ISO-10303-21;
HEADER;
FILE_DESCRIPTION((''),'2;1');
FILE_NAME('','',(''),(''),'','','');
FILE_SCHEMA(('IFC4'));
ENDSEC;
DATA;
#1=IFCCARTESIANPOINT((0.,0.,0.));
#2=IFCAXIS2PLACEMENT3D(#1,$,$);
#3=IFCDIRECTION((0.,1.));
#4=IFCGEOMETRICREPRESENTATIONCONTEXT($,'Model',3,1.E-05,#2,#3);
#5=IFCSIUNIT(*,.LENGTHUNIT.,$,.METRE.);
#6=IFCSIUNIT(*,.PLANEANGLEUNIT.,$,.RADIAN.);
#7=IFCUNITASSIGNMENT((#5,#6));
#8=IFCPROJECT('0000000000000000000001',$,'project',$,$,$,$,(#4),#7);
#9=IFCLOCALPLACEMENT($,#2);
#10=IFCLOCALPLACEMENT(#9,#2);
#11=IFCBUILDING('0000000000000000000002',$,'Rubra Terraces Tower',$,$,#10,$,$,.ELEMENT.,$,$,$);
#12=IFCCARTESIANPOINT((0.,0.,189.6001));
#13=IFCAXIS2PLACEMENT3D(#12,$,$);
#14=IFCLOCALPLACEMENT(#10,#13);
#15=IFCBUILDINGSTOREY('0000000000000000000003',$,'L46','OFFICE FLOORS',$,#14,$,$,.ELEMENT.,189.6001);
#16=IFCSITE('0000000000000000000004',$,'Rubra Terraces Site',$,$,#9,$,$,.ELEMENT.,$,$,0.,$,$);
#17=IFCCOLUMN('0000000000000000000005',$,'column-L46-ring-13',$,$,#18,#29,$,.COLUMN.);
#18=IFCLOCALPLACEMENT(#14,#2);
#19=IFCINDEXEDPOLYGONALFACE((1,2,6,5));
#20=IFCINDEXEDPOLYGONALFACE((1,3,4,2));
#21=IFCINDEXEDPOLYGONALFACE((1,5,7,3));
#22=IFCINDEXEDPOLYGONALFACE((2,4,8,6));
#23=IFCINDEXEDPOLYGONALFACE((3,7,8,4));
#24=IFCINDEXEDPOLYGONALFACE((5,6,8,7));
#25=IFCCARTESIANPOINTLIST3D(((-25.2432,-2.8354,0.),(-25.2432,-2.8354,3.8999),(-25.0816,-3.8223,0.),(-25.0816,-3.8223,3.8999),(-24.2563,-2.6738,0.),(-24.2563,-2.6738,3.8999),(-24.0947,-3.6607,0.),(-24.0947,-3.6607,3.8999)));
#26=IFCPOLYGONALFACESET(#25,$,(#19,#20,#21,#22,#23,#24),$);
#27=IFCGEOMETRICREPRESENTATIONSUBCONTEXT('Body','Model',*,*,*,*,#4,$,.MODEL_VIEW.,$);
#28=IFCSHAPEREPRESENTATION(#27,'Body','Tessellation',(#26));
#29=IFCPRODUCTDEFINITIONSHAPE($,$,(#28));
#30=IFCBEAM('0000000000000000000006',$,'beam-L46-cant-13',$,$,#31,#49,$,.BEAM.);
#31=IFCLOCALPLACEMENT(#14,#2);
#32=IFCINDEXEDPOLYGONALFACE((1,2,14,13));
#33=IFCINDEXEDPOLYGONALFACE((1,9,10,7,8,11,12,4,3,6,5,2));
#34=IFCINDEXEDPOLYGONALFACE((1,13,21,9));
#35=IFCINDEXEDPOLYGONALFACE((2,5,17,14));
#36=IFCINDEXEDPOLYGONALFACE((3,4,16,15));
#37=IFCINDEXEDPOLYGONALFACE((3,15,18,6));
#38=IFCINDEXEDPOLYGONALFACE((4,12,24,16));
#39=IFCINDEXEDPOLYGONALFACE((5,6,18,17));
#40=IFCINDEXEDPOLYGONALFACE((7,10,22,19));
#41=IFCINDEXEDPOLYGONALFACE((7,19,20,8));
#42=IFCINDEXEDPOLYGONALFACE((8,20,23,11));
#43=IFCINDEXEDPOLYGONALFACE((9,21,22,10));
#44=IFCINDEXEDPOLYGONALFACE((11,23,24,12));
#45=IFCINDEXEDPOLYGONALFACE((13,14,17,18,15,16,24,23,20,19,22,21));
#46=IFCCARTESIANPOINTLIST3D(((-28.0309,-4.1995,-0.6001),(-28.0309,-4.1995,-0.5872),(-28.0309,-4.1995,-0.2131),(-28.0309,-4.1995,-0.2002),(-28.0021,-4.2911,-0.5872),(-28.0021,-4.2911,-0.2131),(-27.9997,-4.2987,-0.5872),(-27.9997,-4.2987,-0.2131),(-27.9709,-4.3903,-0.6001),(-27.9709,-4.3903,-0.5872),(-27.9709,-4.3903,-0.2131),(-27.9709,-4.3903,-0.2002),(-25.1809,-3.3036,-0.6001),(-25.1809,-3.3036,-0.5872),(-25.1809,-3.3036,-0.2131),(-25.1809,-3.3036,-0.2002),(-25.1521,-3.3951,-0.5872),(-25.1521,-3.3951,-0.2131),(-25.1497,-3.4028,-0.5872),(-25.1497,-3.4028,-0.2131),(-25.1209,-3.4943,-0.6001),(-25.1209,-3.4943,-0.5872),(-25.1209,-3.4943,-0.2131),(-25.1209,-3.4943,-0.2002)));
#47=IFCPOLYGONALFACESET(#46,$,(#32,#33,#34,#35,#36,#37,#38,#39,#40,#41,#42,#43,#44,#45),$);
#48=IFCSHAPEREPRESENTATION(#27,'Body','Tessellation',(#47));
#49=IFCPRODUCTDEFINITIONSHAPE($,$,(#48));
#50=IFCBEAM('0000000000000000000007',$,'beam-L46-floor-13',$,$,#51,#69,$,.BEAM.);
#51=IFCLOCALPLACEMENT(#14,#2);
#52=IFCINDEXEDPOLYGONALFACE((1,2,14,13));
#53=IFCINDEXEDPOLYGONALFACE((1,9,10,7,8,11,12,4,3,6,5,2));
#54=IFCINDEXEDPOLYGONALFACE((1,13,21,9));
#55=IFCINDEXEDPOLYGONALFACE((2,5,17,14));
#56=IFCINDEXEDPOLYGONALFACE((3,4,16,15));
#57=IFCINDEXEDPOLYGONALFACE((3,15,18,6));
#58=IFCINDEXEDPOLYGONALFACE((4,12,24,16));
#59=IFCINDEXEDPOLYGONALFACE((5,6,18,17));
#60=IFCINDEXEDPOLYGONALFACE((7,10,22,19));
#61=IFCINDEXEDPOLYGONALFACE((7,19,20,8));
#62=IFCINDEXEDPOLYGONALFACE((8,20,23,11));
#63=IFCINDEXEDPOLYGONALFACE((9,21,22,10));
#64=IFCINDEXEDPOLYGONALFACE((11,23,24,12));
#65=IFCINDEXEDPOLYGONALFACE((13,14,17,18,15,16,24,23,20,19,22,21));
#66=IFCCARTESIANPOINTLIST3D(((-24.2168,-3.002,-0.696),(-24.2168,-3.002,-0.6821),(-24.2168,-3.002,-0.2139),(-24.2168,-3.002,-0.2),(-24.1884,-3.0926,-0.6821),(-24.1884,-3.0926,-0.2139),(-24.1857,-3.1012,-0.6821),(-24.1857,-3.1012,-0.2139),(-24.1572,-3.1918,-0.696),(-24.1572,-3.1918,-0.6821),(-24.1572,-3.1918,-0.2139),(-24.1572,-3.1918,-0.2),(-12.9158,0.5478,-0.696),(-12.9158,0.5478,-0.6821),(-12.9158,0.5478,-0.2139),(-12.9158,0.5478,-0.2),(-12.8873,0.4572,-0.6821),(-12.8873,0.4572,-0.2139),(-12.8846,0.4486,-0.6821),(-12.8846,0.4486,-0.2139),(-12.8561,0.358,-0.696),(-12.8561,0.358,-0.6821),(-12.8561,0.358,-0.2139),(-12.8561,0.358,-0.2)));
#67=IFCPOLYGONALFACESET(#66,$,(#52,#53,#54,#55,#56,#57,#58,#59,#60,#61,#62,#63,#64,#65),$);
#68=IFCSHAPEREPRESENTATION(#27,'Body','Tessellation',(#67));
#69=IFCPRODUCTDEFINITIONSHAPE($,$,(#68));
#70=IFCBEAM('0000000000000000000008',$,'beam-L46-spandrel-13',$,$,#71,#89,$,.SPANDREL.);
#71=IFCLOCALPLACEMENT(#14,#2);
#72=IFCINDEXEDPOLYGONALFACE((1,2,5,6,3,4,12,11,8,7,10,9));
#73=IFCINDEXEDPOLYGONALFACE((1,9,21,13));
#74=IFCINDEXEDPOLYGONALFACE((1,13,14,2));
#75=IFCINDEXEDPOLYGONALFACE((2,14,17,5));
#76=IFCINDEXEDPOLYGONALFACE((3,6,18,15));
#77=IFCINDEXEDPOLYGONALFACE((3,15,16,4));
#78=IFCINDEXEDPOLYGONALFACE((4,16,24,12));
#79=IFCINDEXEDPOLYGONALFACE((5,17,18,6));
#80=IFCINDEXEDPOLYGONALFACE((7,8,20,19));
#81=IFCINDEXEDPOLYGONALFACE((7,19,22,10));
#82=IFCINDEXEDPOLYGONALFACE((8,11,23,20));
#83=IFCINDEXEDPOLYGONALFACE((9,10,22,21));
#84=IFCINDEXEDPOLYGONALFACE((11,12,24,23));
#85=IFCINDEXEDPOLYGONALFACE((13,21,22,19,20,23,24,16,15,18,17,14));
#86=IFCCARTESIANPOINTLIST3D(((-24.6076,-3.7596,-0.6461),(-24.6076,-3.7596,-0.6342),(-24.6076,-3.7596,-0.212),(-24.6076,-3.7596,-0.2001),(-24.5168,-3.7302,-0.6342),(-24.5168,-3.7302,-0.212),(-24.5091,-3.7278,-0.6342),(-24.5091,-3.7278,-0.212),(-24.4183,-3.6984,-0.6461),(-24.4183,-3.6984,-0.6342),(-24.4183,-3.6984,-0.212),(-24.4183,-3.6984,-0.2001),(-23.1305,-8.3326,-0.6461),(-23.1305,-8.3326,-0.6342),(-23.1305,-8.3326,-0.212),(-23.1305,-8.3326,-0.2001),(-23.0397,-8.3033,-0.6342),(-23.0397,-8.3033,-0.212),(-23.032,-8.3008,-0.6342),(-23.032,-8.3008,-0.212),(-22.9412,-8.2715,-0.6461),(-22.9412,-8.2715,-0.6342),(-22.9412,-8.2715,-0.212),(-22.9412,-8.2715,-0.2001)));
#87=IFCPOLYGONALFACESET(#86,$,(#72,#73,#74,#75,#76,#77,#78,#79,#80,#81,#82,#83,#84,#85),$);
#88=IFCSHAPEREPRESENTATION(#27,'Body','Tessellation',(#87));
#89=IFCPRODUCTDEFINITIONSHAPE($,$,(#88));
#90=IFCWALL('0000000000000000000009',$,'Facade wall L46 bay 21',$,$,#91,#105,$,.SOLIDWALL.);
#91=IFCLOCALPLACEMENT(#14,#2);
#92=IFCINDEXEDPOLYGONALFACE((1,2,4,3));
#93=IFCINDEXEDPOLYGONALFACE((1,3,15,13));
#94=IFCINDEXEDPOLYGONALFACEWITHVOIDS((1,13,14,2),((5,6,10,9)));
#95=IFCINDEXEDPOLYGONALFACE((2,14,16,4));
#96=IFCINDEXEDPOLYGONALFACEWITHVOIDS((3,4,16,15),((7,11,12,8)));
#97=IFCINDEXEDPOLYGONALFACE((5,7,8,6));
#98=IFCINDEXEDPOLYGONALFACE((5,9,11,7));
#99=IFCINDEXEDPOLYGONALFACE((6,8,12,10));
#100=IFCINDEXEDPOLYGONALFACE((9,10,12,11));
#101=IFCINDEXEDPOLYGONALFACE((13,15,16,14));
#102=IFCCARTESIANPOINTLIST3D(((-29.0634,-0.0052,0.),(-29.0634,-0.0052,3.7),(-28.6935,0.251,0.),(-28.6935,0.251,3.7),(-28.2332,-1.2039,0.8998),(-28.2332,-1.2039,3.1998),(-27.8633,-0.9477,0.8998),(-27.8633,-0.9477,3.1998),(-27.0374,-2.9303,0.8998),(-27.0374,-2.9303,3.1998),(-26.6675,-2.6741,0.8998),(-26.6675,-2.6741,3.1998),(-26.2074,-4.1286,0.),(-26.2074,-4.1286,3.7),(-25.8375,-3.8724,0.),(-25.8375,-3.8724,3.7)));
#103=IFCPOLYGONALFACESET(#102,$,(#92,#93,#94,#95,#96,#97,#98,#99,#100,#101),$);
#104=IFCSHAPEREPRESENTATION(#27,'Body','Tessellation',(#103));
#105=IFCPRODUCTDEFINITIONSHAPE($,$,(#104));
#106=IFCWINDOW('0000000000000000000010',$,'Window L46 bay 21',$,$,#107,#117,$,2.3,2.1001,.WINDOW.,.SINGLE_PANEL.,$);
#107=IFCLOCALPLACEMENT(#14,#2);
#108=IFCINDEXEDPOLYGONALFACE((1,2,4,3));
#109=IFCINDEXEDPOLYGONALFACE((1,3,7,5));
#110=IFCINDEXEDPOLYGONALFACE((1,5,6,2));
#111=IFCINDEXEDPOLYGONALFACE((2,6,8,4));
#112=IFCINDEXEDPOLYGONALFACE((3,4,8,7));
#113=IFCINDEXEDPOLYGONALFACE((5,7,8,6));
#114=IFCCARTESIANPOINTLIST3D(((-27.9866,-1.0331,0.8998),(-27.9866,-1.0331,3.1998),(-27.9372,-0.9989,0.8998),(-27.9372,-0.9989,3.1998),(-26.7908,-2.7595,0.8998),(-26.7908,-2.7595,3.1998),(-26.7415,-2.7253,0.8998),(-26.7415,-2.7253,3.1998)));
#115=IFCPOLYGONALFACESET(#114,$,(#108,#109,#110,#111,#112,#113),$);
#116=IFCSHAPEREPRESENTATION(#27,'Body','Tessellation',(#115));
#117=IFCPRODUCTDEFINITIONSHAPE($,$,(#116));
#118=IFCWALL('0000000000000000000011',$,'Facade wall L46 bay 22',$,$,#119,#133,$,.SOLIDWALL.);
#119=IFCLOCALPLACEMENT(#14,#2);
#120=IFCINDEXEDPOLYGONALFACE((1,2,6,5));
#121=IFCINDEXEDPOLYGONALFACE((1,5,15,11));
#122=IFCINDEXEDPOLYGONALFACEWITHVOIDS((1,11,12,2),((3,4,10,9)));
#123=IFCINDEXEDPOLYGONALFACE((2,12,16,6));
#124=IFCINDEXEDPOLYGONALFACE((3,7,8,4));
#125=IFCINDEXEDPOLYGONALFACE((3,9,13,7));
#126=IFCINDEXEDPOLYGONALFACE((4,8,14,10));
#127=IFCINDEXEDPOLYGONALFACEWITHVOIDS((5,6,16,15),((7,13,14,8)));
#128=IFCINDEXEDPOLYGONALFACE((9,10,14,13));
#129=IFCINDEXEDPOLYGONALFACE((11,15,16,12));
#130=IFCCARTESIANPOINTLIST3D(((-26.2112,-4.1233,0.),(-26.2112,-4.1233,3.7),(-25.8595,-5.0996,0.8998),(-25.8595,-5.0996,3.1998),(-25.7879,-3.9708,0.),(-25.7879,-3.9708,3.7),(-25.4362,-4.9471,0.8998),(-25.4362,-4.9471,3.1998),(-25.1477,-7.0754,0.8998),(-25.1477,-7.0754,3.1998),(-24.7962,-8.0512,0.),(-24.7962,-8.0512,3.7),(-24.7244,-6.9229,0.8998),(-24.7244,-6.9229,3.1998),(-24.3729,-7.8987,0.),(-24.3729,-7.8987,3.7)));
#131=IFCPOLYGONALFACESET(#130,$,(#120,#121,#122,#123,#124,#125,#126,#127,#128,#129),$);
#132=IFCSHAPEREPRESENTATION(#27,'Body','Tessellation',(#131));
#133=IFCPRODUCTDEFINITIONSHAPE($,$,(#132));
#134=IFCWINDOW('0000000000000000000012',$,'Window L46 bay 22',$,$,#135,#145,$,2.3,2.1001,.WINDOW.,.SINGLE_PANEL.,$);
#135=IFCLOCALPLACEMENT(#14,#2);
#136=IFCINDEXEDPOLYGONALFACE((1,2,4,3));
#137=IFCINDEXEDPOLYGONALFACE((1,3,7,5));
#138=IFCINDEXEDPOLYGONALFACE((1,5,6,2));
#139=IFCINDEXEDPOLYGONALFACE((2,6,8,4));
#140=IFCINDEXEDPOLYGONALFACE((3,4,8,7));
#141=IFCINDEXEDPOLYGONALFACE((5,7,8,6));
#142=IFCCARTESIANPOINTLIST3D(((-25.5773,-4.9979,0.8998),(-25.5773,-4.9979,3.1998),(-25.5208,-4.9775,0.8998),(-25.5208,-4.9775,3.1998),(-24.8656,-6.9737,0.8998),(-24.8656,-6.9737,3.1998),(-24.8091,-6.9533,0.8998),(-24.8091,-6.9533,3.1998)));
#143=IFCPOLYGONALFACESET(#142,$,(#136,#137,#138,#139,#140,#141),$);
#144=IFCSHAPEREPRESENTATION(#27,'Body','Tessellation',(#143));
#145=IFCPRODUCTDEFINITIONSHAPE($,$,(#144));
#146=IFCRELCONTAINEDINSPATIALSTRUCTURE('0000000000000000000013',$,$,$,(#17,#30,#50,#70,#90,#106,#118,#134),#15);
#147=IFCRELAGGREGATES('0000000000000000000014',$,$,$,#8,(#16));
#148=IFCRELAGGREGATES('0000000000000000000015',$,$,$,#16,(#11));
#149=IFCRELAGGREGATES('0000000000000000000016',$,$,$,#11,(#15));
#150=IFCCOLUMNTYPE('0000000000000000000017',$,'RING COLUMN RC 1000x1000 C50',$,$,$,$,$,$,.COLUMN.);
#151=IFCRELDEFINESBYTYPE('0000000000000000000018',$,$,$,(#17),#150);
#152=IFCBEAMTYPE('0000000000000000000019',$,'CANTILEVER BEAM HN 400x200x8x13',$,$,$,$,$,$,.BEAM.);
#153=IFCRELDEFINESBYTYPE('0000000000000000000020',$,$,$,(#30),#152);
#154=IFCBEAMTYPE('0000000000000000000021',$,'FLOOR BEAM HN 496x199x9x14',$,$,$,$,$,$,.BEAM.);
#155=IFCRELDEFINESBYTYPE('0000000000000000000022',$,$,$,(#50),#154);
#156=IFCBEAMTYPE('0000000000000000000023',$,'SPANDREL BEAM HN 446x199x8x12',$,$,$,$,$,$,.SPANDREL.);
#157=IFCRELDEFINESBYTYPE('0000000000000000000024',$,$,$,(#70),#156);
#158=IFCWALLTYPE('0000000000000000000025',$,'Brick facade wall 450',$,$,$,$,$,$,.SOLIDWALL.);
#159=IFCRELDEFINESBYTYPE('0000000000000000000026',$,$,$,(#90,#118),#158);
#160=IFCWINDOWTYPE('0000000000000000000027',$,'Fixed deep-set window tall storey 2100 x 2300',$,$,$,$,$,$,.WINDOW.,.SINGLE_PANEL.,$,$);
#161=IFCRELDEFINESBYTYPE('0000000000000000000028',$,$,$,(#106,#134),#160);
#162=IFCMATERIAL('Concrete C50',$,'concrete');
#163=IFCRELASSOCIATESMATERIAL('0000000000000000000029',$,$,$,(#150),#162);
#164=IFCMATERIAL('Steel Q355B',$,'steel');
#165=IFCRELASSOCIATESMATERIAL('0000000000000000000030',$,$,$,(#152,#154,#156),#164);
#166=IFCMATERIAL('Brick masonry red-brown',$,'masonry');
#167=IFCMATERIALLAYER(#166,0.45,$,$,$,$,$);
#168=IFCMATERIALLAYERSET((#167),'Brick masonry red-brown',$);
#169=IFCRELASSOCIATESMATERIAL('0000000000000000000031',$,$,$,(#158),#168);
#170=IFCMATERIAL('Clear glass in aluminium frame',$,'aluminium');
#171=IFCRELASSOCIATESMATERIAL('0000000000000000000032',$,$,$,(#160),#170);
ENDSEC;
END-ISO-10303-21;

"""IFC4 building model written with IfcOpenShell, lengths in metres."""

from ifc_helpers import new_model, si_unit, direction, frame, frame_2d, origin, origin_2d, place, context, subcontext, project, spatial, rectangle, i_section, extrude, material, layer, layer_set, material_profile, profile_set, type_object, element, fill, save


model = new_model("IFC4")

# Units and contexts
model_context = context("Model", 3, precision=1e-05, world=origin(), true_north=direction((0.0, 1.0)))
body_context = subcontext(model_context, "Body", "Model", "MODEL_VIEW")
ifc_project = project(units=[si_unit("LENGTHUNIT", "METRE"), si_unit("PLANEANGLEUNIT", "RADIAN")], contexts=[model_context])

# Site, building, storey
site_placement = place(None, origin())
site = spatial("IfcSite", under=ifc_project, at=site_placement, Name="Rubra Terraces Site", CompositionType="ELEMENT", RefElevation=0.0)
building_placement = place(site_placement, origin())
building = spatial("IfcBuilding", under=site, at=building_placement, Name="Rubra Terraces Tower", CompositionType="ELEMENT")
storey_placement = place(building_placement, frame((0.0, 0.0, 189.6001)))
storey = spatial("IfcBuildingStorey", under=building, at=storey_placement, Name="L46", Description="OFFICE FLOORS", CompositionType="ELEMENT", Elevation=189.6001)

# Column
ifc_material_1 = material(Name="Concrete C50", Category="concrete")
ifc_material_profile_1 = material_profile(ifc_material_1, rectangle(XDim=1.0, YDim=1.0, at=origin_2d()), Name="RC 1000x1000")
ifc_profile_set_1 = profile_set([ifc_material_profile_1], Name="Concrete C50")
column_type = type_object("IfcColumnType", Name="RING COLUMN RC 1000x1000 C50", PredefinedType="COLUMN", material=ifc_profile_set_1)
column_placement = place(storey_placement, frame((-24.6689, -3.248, 0.0), z_axis=(0.0, 0.0, 1.0), x_axis=(0.161559, -0.986863, 0.0)))
element("IfcColumn", 1, at=column_placement, inside=storey, type_object=column_type, Name="column-L46-ring-13", PredefinedType="COLUMN", context=body_context, shape_type="SweptSolid", body=[
    extrude(rectangle(XDim=1.0, YDim=1.0, at=origin_2d()), origin(), (0.0, 0.0, 1.0), 3.8999),
])

# Beams
ifc_material_2 = material(Name="Steel Q355B", Category="steel")
ifc_material_profile_2 = material_profile(ifc_material_2, i_section(OverallWidth=0.2, OverallDepth=0.3999, WebThickness=0.0081, FlangeThickness=0.0129, at=origin_2d()), Name="HN 400x200x8x13")
ifc_profile_set_2 = profile_set([ifc_material_profile_2], Name="Steel Q355B")
beam_type_1 = type_object("IfcBeamType", Name="CANTILEVER BEAM HN 400x200x8x13", PredefinedType="BEAM", material=ifc_profile_set_2)
beam_1_placement = place(storey_placement, frame((-25.1509, -3.3989, -0.4001), z_axis=(-0.95397, -0.299903, 0.0), x_axis=(0.299903, -0.95397, 0.0)))
element("IfcBeam", 2, at=beam_1_placement, inside=storey, type_object=beam_type_1, Name="beam-L46-cant-13", PredefinedType="BEAM", context=body_context, shape_type="SweptSolid", body=[
    extrude(i_section(OverallWidth=0.2, OverallDepth=0.3999, WebThickness=0.0081, FlangeThickness=0.0129, at=origin_2d()), origin(), (0.0, 0.0, 1.0), 2.9875),
])
ifc_material_profile_3 = material_profile(ifc_material_2, i_section(OverallWidth=0.199, OverallDepth=0.4961, WebThickness=0.009, FlangeThickness=0.0139, at=origin_2d()), Name="HN 496x199x9x14")
ifc_profile_set_3 = profile_set([ifc_material_profile_3], Name="Steel Q355B")
beam_type_2 = type_object("IfcBeamType", Name="FLOOR BEAM HN 496x199x9x14", PredefinedType="BEAM", material=ifc_profile_set_3)
beam_2_placement = place(storey_placement, frame((-24.187, -3.0969, -0.448), z_axis=(0.954041, 0.299677, 0.0), x_axis=(-0.299677, 0.954041, 0.0)))
element("IfcBeam", 3, at=beam_2_placement, inside=storey, type_object=beam_type_2, Name="beam-L46-floor-13", PredefinedType="BEAM", context=body_context, shape_type="SweptSolid", body=[
    extrude(i_section(OverallWidth=0.199, OverallDepth=0.4961, WebThickness=0.009, FlangeThickness=0.0139, at=origin_2d()), origin(), (0.0, 0.0, 1.0), 11.8455),
])
ifc_material_profile_4 = material_profile(ifc_material_2, i_section(OverallWidth=0.199, OverallDepth=0.446, WebThickness=0.0081, FlangeThickness=0.012, at=origin_2d()), Name="HN 446x199x8x12")
ifc_profile_set_4 = profile_set([ifc_material_profile_4], Name="Steel Q355B")
beam_type_3 = type_object("IfcBeamType", Name="SPANDREL BEAM HN 446x199x8x12", PredefinedType="SPANDREL", material=ifc_profile_set_4)
beam_3_placement = place(storey_placement, frame((-24.5129, -3.729, -0.4231), z_axis=(0.307359, -0.951594, 0.0), x_axis=(0.951594, 0.307359, 0.0)))
element("IfcBeam", 4, at=beam_3_placement, inside=storey, type_object=beam_type_3, Name="beam-L46-spandrel-13", PredefinedType="SPANDREL", context=body_context, shape_type="SweptSolid", body=[
    extrude(i_section(OverallWidth=0.199, OverallDepth=0.446, WebThickness=0.0081, FlangeThickness=0.012, at=origin_2d()), origin(), (0.0, 0.0, 1.0), 4.8057),
])

# Walls, openings, windows
ifc_material_3 = material(Name="Brick masonry red-brown", Category="masonry")
ifc_layer_1 = layer(ifc_material_3, 0.45)
ifc_layer_set_1 = layer_set([ifc_layer_1], Name="Brick masonry red-brown")
wall_type_1 = type_object("IfcWallType", Name="Brick facade wall 450", PredefinedType="SOLIDWALL", material=ifc_layer_set_1)
wall_1_placement = place(storey_placement, frame((-28.8784, 0.1228, 0.0), z_axis=(0.0, 0.0, 1.0), x_axis=(0.569395, -0.822064, 0.0)))
wall_1 = element("IfcWall", 5, at=wall_1_placement, inside=storey, type_object=wall_type_1, Name="Facade wall L46 bay 21", PredefinedType="SOLIDWALL", context=body_context, shape_type="SweptSolid", body=[
    extrude(rectangle(XDim=5.0159, YDim=0.45, at=frame_2d((2.5078, 0.0))), origin(), (0.0, 0.0, 1.0), 3.7),
])
opening_1_placement = place(wall_1_placement, frame((1.458, 0.0, 0.8999)))
opening_1 = element("IfcOpeningElement", 6, at=opening_1_placement, cuts=wall_1, PredefinedType="OPENING", context=body_context, shape_type="SweptSolid", body=[
    extrude(rectangle(XDim=2.1001, YDim=2.3, at=frame_2d((1.05, 1.1499))), frame((0.0, 0.2349, 0.0), z_axis=(0.0, -1.0, 0.0), x_axis=(1.0, 0.0, 0.0)), (0.0, 0.0, 1.0), 0.47),
])
ifc_material_4 = material(Name="Clear glass in aluminium frame", Category="aluminium")
window_type = type_object("IfcWindowType", Name="Fixed deep-set window tall storey 2100 x 2300", PartitioningType="SINGLE_PANEL", PredefinedType="WINDOW", material=ifc_material_4)
window_1_placement = place(opening_1_placement, origin())
window_1 = element("IfcWindow", 7, at=window_1_placement, inside=storey, type_object=window_type, Name="Window L46 bay 21", OverallHeight=2.3, OverallWidth=2.1001, PartitioningType="SINGLE_PANEL", PredefinedType="WINDOW", context=body_context, shape_type="SweptSolid", body=[
    extrude(rectangle(XDim=2.1001, YDim=2.3, at=frame_2d((1.05, 1.1499))), frame((0.0, 0.135, 0.0), z_axis=(0.0, -1.0, 0.0), x_axis=(1.0, 0.0, 0.0)), (0.0, 0.0, 1.0), 0.0601),
])
fill(opening_1, window_1)
wall_2_placement = place(storey_placement, frame((-25.9995, -4.0471, 0.0), z_axis=(0.0, 0.0, 1.0), x_axis=(0.338924, -0.940814, 0.0)))
wall_2 = element("IfcWall", 8, at=wall_2_placement, inside=storey, type_object=wall_type_1, Name="Facade wall L46 bay 22", PredefinedType="SOLIDWALL", context=body_context, shape_type="SweptSolid", body=[
    extrude(rectangle(XDim=4.175, YDim=0.45, at=frame_2d((2.0874, 0.0))), origin(), (0.0, 0.0, 1.0), 3.7),
])
opening_2_placement = place(wall_2_placement, frame((1.0376, 0.0, 0.8999)))
opening_2 = element("IfcOpeningElement", 9, at=opening_2_placement, cuts=wall_2, PredefinedType="OPENING", context=body_context, shape_type="SweptSolid", body=[
    extrude(rectangle(XDim=2.1001, YDim=2.3, at=frame_2d((1.05, 1.1499))), frame((0.0, 0.2349, 0.0), z_axis=(0.0, -1.0, 0.0), x_axis=(1.0, 0.0, 0.0)), (0.0, 0.0, 1.0), 0.47),
])
window_2_placement = place(opening_2_placement, origin())
window_2 = element("IfcWindow", 10, at=window_2_placement, inside=storey, type_object=window_type, Name="Window L46 bay 22", OverallHeight=2.3, OverallWidth=2.1001, PartitioningType="SINGLE_PANEL", PredefinedType="WINDOW", context=body_context, shape_type="SweptSolid", body=[
    extrude(rectangle(XDim=2.1001, YDim=2.3, at=frame_2d((1.05, 1.1499))), frame((0.0, 0.135, 0.0), z_axis=(0.0, -1.0, 0.0), x_axis=(1.0, 0.0, 0.0)), (0.0, 0.0, 1.0), 0.0601),
])
fill(opening_2, window_2)

save(model, "model.ifc")
